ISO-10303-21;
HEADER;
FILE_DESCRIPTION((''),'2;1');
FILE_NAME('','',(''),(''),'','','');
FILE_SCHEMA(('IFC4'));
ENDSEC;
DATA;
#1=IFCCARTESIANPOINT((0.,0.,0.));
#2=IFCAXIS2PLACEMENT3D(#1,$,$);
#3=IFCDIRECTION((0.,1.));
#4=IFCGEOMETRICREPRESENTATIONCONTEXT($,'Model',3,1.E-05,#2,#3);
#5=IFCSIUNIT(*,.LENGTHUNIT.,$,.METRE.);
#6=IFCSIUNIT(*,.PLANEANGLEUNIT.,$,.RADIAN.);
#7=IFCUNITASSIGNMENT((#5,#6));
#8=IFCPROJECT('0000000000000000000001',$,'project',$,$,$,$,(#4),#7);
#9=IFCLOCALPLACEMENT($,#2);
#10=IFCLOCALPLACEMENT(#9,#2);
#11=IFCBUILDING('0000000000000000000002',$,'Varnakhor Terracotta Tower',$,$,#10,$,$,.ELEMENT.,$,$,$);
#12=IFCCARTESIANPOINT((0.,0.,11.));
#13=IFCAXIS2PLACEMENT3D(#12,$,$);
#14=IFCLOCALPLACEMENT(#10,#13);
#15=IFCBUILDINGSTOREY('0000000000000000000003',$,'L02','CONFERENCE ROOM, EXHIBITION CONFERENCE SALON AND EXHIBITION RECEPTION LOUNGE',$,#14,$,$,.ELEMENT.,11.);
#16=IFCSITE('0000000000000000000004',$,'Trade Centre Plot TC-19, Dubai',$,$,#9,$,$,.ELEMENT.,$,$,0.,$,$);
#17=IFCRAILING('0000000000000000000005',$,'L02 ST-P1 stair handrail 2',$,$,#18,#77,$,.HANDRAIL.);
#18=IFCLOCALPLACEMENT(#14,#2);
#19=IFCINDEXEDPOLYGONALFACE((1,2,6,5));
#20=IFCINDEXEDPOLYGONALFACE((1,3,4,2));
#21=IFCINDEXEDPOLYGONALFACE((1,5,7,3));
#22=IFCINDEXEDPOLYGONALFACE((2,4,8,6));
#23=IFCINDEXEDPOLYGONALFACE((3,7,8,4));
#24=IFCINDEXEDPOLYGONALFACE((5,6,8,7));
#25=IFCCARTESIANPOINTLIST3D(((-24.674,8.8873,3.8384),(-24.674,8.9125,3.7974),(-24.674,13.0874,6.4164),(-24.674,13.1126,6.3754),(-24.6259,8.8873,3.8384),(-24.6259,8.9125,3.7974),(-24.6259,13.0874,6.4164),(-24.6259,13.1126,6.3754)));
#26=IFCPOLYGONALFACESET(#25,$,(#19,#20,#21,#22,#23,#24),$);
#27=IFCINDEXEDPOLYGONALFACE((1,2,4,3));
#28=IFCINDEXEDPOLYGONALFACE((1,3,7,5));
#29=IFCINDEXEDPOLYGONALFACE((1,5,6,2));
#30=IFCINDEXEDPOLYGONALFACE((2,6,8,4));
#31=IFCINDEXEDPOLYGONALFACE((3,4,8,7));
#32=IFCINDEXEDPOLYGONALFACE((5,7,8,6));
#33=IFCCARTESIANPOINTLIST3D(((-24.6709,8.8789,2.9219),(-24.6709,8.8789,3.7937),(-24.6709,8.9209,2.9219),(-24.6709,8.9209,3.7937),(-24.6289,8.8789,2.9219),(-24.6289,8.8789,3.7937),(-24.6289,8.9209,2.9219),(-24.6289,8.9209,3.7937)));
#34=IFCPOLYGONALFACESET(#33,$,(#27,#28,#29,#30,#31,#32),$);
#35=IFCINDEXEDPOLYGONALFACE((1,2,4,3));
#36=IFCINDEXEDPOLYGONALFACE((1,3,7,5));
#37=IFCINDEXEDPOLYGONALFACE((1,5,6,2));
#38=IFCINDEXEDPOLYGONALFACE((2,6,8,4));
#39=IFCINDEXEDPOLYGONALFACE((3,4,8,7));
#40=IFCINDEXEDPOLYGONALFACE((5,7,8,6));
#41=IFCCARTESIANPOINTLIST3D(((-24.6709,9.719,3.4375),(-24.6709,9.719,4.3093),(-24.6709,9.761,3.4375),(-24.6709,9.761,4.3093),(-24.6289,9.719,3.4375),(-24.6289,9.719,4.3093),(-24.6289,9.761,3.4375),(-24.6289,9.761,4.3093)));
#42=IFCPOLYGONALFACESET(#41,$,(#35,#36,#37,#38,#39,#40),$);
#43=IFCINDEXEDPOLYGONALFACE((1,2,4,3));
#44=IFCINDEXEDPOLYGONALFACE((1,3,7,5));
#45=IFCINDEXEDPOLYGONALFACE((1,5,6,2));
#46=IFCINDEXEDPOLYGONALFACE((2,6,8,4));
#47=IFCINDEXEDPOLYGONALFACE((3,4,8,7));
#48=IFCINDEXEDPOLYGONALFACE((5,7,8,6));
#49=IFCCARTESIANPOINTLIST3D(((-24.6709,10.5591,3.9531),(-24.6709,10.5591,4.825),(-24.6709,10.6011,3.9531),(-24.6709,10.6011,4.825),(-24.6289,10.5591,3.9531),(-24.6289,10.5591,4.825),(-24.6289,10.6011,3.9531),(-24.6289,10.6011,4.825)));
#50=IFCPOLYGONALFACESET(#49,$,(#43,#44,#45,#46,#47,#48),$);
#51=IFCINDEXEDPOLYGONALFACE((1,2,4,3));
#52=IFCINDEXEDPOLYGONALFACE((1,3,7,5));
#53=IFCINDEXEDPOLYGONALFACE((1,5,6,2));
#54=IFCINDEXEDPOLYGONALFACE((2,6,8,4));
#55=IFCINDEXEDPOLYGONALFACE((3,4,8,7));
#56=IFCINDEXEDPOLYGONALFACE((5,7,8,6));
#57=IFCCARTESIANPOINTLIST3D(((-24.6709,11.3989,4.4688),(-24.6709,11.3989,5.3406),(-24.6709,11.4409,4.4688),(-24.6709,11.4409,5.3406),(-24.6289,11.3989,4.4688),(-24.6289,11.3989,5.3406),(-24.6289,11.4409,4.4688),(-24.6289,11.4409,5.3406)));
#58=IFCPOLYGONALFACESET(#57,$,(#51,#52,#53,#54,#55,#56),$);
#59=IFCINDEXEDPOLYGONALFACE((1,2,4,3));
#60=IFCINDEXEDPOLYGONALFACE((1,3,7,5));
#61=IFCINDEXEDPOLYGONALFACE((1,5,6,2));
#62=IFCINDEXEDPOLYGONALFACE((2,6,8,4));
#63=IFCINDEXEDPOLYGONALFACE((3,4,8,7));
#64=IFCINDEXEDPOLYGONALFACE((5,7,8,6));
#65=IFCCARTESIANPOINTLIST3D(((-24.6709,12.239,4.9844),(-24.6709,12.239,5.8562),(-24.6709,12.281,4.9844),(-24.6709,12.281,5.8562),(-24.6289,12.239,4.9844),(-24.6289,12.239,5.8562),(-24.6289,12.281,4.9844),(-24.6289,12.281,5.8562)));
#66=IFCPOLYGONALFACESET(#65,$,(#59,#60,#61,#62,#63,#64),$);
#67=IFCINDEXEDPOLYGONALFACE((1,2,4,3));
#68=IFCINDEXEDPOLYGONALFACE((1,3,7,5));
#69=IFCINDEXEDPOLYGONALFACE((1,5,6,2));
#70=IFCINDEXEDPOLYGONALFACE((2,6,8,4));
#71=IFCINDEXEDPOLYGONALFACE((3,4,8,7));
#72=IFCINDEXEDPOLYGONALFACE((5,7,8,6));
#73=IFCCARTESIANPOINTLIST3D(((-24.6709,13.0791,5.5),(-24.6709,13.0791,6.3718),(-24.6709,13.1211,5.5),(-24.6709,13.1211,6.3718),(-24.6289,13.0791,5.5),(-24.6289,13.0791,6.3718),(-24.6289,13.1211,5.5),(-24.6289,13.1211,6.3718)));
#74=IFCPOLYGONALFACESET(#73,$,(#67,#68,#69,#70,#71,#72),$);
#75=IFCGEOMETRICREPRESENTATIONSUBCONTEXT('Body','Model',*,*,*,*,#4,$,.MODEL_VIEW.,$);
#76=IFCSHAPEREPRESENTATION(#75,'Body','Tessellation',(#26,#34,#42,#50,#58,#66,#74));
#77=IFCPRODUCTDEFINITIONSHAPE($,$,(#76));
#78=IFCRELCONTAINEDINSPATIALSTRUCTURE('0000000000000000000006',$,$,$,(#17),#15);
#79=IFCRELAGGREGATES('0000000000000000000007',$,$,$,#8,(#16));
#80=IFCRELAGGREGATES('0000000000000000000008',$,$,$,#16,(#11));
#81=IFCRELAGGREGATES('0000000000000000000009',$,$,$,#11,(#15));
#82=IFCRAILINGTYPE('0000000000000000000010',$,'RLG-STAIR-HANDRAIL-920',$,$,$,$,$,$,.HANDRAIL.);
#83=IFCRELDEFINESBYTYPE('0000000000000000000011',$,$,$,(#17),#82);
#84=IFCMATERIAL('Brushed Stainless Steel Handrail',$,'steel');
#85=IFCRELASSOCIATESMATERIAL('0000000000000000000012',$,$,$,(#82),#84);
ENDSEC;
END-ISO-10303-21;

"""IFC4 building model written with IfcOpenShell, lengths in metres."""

from ifc_helpers import new_model, si_unit, direction, frame, origin, origin_2d, place, context, subcontext, project, spatial, rectangle, extrude, material, type_object, element, save


model = new_model("IFC4")

# Units and contexts
model_context = context("Model", 3, precision=1e-05, world=origin(), true_north=direction((0.0, 1.0)))
body_context = subcontext(model_context, "Body", "Model", "MODEL_VIEW")
ifc_project = project(units=[si_unit("LENGTHUNIT", "METRE"), si_unit("PLANEANGLEUNIT", "RADIAN")], contexts=[model_context])

# Site, building, storey
site_placement = place(None, origin())
site = spatial("IfcSite", under=ifc_project, at=site_placement, Name="Trade Centre Plot TC-19, Dubai", CompositionType="ELEMENT", RefElevation=0.0)
building_placement = place(site_placement, origin())
building = spatial("IfcBuilding", under=site, at=building_placement, Name="Varnakhor Terracotta Tower", CompositionType="ELEMENT")
storey_placement = place(building_placement, frame((0.0, 0.0, 11.0)))
storey = spatial("IfcBuildingStorey", under=building, at=storey_placement, Name="L02", Description="CONFERENCE ROOM, EXHIBITION CONFERENCE SALON AND EXHIBITION RECEPTION LOUNGE", CompositionType="ELEMENT", Elevation=11.0)

# Railing
ifc_material_1 = material(Name="Brushed Stainless Steel Handrail", Category="steel")
railing_type_1 = type_object("IfcRailingType", Name="RLG-STAIR-HANDRAIL-920", PredefinedType="HANDRAIL", material=ifc_material_1)
railing_1_placement = place(storey_placement, frame((-24.6499, 8.8999, 2.9219)))
element("IfcRailing", 1, at=railing_1_placement, inside=storey, type_object=railing_type_1, Name="L02 ST-P1 stair handrail 2", PredefinedType="HANDRAIL", context=body_context, shape_type="SweptSolid", body=[
    extrude(rectangle(XDim=0.0481, YDim=0.0481, at=origin_2d()), frame((0.0, 0.0, 0.896), z_axis=(0.0, 0.852256, 0.523124), x_axis=(-1.0, 0.0, 0.0)), (0.0, 0.0, 1.0), 4.9282),
    extrude(rectangle(XDim=0.042, YDim=0.042, at=origin_2d()), origin(), (0.0, 0.0, 1.0), 0.8718),
    extrude(rectangle(XDim=0.042, YDim=0.042, at=origin_2d()), frame((0.0, 0.8401, 0.5156)), (0.0, 0.0, 1.0), 0.8718),
    extrude(rectangle(XDim=0.042, YDim=0.042, at=origin_2d()), frame((0.0, 1.6802, 1.0312)), (0.0, 0.0, 1.0), 0.8718),
    extrude(rectangle(XDim=0.042, YDim=0.042, at=origin_2d()), frame((0.0, 2.52, 1.5469)), (0.0, 0.0, 1.0), 0.8718),
    extrude(rectangle(XDim=0.042, YDim=0.042, at=origin_2d()), frame((0.0, 3.3601, 2.0625)), (0.0, 0.0, 1.0), 0.8718),
    extrude(rectangle(XDim=0.042, YDim=0.042, at=origin_2d()), frame((0.0, 4.2002, 2.5781)), (0.0, 0.0, 1.0), 0.8718),
])

save(model, "model.ifc")
